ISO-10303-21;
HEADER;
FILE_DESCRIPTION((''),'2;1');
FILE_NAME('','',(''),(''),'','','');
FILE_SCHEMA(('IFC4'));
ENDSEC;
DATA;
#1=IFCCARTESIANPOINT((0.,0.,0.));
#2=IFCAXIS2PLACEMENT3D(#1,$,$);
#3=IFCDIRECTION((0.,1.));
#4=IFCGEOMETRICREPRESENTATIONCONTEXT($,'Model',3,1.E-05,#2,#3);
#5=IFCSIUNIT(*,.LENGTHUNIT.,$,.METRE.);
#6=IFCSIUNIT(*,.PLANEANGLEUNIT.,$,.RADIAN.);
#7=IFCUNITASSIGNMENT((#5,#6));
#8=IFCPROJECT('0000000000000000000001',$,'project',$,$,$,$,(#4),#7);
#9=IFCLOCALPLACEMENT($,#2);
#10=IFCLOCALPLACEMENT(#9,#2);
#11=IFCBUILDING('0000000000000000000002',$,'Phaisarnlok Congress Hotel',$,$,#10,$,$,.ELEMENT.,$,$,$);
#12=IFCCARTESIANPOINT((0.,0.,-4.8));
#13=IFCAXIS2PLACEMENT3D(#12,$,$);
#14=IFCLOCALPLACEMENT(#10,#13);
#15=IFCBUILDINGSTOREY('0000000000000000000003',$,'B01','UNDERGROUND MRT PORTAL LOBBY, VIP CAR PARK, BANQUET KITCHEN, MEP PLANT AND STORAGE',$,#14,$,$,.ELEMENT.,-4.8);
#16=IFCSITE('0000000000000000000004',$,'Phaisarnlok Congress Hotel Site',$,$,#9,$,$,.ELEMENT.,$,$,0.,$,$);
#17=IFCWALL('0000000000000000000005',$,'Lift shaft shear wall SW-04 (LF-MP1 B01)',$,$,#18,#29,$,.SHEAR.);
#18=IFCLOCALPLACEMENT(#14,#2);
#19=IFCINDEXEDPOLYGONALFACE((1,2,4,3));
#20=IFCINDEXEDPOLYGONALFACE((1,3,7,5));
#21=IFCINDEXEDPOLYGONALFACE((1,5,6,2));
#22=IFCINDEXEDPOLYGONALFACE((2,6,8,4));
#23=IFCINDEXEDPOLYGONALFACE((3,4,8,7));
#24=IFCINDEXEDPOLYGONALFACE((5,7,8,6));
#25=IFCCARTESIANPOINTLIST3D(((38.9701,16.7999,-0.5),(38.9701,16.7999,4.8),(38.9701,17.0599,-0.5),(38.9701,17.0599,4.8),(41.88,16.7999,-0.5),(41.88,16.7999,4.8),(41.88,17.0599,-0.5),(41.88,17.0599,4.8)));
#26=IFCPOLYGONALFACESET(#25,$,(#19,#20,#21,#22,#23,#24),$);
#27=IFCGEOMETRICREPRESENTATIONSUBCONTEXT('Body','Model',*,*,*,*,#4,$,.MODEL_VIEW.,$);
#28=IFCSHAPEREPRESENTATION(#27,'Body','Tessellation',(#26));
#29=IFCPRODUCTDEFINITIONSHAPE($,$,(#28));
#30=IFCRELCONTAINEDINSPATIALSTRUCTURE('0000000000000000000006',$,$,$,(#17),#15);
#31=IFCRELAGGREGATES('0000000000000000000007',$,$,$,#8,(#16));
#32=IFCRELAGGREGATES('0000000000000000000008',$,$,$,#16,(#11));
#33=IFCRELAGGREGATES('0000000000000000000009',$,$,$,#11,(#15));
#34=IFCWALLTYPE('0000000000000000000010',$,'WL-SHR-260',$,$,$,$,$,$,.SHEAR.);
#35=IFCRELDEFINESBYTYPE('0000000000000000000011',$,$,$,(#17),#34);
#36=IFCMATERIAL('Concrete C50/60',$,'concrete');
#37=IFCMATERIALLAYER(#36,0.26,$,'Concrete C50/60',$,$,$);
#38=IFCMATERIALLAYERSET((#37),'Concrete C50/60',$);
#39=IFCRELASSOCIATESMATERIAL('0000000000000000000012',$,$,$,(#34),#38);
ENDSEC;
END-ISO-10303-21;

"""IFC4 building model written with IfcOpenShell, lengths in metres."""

from ifc_helpers import new_model, si_unit, direction, frame, frame_2d, origin, place, context, subcontext, project, spatial, rectangle, extrude, material, layer, layer_set, type_object, element, save


model = new_model("IFC4")

# Units and contexts
model_context = context("Model", 3, precision=1e-05, world=origin(), true_north=direction((0.0, 1.0)))
body_context = subcontext(model_context, "Body", "Model", "MODEL_VIEW")
ifc_project = project(units=[si_unit("LENGTHUNIT", "METRE"), si_unit("PLANEANGLEUNIT", "RADIAN")], contexts=[model_context])

# Site, building, storey
site_placement = place(None, origin())
site = spatial("IfcSite", under=ifc_project, at=site_placement, Name="Phaisarnlok Congress Hotel Site", CompositionType="ELEMENT", RefElevation=0.0)
building_placement = place(site_placement, origin())
building = spatial("IfcBuilding", under=site, at=building_placement, Name="Phaisarnlok Congress Hotel", CompositionType="ELEMENT")
storey_placement = place(building_placement, frame((0.0, 0.0, -4.8)))
storey = spatial("IfcBuildingStorey", under=building, at=storey_placement, Name="B01", Description="UNDERGROUND MRT PORTAL LOBBY, VIP CAR PARK, BANQUET KITCHEN, MEP PLANT AND STORAGE", CompositionType="ELEMENT", Elevation=-4.8)

# Shared definitions
ifc_material_1 = material(Name="Concrete C50/60", Category="concrete")

# Wall
ifc_layer_1 = layer(ifc_material_1, 0.26, Name="Concrete C50/60")
ifc_layer_set_1 = layer_set([ifc_layer_1], Name="Concrete C50/60")
wall_type_1 = type_object("IfcWallType", Name="WL-SHR-260", PredefinedType="SHEAR", material=ifc_layer_set_1)
wall_1_placement = place(storey_placement, frame((38.97, 16.9299, -0.5), z_axis=(0.0, 0.0, 1.0), x_axis=(1.0, 0.0, 0.0)))
element("IfcWall", 1, at=wall_1_placement, inside=storey, type_object=wall_type_1, Name="Lift shaft shear wall SW-04 (LF-MP1 B01)", PredefinedType="SHEAR", context=body_context, shape_type="SweptSolid", body=[
    extrude(rectangle(XDim=2.9099, YDim=0.26, at=frame_2d((1.4551, 0.0))), origin(), (0.0, 0.0, 1.0), 5.3),
])

save(model, "model.ifc")
